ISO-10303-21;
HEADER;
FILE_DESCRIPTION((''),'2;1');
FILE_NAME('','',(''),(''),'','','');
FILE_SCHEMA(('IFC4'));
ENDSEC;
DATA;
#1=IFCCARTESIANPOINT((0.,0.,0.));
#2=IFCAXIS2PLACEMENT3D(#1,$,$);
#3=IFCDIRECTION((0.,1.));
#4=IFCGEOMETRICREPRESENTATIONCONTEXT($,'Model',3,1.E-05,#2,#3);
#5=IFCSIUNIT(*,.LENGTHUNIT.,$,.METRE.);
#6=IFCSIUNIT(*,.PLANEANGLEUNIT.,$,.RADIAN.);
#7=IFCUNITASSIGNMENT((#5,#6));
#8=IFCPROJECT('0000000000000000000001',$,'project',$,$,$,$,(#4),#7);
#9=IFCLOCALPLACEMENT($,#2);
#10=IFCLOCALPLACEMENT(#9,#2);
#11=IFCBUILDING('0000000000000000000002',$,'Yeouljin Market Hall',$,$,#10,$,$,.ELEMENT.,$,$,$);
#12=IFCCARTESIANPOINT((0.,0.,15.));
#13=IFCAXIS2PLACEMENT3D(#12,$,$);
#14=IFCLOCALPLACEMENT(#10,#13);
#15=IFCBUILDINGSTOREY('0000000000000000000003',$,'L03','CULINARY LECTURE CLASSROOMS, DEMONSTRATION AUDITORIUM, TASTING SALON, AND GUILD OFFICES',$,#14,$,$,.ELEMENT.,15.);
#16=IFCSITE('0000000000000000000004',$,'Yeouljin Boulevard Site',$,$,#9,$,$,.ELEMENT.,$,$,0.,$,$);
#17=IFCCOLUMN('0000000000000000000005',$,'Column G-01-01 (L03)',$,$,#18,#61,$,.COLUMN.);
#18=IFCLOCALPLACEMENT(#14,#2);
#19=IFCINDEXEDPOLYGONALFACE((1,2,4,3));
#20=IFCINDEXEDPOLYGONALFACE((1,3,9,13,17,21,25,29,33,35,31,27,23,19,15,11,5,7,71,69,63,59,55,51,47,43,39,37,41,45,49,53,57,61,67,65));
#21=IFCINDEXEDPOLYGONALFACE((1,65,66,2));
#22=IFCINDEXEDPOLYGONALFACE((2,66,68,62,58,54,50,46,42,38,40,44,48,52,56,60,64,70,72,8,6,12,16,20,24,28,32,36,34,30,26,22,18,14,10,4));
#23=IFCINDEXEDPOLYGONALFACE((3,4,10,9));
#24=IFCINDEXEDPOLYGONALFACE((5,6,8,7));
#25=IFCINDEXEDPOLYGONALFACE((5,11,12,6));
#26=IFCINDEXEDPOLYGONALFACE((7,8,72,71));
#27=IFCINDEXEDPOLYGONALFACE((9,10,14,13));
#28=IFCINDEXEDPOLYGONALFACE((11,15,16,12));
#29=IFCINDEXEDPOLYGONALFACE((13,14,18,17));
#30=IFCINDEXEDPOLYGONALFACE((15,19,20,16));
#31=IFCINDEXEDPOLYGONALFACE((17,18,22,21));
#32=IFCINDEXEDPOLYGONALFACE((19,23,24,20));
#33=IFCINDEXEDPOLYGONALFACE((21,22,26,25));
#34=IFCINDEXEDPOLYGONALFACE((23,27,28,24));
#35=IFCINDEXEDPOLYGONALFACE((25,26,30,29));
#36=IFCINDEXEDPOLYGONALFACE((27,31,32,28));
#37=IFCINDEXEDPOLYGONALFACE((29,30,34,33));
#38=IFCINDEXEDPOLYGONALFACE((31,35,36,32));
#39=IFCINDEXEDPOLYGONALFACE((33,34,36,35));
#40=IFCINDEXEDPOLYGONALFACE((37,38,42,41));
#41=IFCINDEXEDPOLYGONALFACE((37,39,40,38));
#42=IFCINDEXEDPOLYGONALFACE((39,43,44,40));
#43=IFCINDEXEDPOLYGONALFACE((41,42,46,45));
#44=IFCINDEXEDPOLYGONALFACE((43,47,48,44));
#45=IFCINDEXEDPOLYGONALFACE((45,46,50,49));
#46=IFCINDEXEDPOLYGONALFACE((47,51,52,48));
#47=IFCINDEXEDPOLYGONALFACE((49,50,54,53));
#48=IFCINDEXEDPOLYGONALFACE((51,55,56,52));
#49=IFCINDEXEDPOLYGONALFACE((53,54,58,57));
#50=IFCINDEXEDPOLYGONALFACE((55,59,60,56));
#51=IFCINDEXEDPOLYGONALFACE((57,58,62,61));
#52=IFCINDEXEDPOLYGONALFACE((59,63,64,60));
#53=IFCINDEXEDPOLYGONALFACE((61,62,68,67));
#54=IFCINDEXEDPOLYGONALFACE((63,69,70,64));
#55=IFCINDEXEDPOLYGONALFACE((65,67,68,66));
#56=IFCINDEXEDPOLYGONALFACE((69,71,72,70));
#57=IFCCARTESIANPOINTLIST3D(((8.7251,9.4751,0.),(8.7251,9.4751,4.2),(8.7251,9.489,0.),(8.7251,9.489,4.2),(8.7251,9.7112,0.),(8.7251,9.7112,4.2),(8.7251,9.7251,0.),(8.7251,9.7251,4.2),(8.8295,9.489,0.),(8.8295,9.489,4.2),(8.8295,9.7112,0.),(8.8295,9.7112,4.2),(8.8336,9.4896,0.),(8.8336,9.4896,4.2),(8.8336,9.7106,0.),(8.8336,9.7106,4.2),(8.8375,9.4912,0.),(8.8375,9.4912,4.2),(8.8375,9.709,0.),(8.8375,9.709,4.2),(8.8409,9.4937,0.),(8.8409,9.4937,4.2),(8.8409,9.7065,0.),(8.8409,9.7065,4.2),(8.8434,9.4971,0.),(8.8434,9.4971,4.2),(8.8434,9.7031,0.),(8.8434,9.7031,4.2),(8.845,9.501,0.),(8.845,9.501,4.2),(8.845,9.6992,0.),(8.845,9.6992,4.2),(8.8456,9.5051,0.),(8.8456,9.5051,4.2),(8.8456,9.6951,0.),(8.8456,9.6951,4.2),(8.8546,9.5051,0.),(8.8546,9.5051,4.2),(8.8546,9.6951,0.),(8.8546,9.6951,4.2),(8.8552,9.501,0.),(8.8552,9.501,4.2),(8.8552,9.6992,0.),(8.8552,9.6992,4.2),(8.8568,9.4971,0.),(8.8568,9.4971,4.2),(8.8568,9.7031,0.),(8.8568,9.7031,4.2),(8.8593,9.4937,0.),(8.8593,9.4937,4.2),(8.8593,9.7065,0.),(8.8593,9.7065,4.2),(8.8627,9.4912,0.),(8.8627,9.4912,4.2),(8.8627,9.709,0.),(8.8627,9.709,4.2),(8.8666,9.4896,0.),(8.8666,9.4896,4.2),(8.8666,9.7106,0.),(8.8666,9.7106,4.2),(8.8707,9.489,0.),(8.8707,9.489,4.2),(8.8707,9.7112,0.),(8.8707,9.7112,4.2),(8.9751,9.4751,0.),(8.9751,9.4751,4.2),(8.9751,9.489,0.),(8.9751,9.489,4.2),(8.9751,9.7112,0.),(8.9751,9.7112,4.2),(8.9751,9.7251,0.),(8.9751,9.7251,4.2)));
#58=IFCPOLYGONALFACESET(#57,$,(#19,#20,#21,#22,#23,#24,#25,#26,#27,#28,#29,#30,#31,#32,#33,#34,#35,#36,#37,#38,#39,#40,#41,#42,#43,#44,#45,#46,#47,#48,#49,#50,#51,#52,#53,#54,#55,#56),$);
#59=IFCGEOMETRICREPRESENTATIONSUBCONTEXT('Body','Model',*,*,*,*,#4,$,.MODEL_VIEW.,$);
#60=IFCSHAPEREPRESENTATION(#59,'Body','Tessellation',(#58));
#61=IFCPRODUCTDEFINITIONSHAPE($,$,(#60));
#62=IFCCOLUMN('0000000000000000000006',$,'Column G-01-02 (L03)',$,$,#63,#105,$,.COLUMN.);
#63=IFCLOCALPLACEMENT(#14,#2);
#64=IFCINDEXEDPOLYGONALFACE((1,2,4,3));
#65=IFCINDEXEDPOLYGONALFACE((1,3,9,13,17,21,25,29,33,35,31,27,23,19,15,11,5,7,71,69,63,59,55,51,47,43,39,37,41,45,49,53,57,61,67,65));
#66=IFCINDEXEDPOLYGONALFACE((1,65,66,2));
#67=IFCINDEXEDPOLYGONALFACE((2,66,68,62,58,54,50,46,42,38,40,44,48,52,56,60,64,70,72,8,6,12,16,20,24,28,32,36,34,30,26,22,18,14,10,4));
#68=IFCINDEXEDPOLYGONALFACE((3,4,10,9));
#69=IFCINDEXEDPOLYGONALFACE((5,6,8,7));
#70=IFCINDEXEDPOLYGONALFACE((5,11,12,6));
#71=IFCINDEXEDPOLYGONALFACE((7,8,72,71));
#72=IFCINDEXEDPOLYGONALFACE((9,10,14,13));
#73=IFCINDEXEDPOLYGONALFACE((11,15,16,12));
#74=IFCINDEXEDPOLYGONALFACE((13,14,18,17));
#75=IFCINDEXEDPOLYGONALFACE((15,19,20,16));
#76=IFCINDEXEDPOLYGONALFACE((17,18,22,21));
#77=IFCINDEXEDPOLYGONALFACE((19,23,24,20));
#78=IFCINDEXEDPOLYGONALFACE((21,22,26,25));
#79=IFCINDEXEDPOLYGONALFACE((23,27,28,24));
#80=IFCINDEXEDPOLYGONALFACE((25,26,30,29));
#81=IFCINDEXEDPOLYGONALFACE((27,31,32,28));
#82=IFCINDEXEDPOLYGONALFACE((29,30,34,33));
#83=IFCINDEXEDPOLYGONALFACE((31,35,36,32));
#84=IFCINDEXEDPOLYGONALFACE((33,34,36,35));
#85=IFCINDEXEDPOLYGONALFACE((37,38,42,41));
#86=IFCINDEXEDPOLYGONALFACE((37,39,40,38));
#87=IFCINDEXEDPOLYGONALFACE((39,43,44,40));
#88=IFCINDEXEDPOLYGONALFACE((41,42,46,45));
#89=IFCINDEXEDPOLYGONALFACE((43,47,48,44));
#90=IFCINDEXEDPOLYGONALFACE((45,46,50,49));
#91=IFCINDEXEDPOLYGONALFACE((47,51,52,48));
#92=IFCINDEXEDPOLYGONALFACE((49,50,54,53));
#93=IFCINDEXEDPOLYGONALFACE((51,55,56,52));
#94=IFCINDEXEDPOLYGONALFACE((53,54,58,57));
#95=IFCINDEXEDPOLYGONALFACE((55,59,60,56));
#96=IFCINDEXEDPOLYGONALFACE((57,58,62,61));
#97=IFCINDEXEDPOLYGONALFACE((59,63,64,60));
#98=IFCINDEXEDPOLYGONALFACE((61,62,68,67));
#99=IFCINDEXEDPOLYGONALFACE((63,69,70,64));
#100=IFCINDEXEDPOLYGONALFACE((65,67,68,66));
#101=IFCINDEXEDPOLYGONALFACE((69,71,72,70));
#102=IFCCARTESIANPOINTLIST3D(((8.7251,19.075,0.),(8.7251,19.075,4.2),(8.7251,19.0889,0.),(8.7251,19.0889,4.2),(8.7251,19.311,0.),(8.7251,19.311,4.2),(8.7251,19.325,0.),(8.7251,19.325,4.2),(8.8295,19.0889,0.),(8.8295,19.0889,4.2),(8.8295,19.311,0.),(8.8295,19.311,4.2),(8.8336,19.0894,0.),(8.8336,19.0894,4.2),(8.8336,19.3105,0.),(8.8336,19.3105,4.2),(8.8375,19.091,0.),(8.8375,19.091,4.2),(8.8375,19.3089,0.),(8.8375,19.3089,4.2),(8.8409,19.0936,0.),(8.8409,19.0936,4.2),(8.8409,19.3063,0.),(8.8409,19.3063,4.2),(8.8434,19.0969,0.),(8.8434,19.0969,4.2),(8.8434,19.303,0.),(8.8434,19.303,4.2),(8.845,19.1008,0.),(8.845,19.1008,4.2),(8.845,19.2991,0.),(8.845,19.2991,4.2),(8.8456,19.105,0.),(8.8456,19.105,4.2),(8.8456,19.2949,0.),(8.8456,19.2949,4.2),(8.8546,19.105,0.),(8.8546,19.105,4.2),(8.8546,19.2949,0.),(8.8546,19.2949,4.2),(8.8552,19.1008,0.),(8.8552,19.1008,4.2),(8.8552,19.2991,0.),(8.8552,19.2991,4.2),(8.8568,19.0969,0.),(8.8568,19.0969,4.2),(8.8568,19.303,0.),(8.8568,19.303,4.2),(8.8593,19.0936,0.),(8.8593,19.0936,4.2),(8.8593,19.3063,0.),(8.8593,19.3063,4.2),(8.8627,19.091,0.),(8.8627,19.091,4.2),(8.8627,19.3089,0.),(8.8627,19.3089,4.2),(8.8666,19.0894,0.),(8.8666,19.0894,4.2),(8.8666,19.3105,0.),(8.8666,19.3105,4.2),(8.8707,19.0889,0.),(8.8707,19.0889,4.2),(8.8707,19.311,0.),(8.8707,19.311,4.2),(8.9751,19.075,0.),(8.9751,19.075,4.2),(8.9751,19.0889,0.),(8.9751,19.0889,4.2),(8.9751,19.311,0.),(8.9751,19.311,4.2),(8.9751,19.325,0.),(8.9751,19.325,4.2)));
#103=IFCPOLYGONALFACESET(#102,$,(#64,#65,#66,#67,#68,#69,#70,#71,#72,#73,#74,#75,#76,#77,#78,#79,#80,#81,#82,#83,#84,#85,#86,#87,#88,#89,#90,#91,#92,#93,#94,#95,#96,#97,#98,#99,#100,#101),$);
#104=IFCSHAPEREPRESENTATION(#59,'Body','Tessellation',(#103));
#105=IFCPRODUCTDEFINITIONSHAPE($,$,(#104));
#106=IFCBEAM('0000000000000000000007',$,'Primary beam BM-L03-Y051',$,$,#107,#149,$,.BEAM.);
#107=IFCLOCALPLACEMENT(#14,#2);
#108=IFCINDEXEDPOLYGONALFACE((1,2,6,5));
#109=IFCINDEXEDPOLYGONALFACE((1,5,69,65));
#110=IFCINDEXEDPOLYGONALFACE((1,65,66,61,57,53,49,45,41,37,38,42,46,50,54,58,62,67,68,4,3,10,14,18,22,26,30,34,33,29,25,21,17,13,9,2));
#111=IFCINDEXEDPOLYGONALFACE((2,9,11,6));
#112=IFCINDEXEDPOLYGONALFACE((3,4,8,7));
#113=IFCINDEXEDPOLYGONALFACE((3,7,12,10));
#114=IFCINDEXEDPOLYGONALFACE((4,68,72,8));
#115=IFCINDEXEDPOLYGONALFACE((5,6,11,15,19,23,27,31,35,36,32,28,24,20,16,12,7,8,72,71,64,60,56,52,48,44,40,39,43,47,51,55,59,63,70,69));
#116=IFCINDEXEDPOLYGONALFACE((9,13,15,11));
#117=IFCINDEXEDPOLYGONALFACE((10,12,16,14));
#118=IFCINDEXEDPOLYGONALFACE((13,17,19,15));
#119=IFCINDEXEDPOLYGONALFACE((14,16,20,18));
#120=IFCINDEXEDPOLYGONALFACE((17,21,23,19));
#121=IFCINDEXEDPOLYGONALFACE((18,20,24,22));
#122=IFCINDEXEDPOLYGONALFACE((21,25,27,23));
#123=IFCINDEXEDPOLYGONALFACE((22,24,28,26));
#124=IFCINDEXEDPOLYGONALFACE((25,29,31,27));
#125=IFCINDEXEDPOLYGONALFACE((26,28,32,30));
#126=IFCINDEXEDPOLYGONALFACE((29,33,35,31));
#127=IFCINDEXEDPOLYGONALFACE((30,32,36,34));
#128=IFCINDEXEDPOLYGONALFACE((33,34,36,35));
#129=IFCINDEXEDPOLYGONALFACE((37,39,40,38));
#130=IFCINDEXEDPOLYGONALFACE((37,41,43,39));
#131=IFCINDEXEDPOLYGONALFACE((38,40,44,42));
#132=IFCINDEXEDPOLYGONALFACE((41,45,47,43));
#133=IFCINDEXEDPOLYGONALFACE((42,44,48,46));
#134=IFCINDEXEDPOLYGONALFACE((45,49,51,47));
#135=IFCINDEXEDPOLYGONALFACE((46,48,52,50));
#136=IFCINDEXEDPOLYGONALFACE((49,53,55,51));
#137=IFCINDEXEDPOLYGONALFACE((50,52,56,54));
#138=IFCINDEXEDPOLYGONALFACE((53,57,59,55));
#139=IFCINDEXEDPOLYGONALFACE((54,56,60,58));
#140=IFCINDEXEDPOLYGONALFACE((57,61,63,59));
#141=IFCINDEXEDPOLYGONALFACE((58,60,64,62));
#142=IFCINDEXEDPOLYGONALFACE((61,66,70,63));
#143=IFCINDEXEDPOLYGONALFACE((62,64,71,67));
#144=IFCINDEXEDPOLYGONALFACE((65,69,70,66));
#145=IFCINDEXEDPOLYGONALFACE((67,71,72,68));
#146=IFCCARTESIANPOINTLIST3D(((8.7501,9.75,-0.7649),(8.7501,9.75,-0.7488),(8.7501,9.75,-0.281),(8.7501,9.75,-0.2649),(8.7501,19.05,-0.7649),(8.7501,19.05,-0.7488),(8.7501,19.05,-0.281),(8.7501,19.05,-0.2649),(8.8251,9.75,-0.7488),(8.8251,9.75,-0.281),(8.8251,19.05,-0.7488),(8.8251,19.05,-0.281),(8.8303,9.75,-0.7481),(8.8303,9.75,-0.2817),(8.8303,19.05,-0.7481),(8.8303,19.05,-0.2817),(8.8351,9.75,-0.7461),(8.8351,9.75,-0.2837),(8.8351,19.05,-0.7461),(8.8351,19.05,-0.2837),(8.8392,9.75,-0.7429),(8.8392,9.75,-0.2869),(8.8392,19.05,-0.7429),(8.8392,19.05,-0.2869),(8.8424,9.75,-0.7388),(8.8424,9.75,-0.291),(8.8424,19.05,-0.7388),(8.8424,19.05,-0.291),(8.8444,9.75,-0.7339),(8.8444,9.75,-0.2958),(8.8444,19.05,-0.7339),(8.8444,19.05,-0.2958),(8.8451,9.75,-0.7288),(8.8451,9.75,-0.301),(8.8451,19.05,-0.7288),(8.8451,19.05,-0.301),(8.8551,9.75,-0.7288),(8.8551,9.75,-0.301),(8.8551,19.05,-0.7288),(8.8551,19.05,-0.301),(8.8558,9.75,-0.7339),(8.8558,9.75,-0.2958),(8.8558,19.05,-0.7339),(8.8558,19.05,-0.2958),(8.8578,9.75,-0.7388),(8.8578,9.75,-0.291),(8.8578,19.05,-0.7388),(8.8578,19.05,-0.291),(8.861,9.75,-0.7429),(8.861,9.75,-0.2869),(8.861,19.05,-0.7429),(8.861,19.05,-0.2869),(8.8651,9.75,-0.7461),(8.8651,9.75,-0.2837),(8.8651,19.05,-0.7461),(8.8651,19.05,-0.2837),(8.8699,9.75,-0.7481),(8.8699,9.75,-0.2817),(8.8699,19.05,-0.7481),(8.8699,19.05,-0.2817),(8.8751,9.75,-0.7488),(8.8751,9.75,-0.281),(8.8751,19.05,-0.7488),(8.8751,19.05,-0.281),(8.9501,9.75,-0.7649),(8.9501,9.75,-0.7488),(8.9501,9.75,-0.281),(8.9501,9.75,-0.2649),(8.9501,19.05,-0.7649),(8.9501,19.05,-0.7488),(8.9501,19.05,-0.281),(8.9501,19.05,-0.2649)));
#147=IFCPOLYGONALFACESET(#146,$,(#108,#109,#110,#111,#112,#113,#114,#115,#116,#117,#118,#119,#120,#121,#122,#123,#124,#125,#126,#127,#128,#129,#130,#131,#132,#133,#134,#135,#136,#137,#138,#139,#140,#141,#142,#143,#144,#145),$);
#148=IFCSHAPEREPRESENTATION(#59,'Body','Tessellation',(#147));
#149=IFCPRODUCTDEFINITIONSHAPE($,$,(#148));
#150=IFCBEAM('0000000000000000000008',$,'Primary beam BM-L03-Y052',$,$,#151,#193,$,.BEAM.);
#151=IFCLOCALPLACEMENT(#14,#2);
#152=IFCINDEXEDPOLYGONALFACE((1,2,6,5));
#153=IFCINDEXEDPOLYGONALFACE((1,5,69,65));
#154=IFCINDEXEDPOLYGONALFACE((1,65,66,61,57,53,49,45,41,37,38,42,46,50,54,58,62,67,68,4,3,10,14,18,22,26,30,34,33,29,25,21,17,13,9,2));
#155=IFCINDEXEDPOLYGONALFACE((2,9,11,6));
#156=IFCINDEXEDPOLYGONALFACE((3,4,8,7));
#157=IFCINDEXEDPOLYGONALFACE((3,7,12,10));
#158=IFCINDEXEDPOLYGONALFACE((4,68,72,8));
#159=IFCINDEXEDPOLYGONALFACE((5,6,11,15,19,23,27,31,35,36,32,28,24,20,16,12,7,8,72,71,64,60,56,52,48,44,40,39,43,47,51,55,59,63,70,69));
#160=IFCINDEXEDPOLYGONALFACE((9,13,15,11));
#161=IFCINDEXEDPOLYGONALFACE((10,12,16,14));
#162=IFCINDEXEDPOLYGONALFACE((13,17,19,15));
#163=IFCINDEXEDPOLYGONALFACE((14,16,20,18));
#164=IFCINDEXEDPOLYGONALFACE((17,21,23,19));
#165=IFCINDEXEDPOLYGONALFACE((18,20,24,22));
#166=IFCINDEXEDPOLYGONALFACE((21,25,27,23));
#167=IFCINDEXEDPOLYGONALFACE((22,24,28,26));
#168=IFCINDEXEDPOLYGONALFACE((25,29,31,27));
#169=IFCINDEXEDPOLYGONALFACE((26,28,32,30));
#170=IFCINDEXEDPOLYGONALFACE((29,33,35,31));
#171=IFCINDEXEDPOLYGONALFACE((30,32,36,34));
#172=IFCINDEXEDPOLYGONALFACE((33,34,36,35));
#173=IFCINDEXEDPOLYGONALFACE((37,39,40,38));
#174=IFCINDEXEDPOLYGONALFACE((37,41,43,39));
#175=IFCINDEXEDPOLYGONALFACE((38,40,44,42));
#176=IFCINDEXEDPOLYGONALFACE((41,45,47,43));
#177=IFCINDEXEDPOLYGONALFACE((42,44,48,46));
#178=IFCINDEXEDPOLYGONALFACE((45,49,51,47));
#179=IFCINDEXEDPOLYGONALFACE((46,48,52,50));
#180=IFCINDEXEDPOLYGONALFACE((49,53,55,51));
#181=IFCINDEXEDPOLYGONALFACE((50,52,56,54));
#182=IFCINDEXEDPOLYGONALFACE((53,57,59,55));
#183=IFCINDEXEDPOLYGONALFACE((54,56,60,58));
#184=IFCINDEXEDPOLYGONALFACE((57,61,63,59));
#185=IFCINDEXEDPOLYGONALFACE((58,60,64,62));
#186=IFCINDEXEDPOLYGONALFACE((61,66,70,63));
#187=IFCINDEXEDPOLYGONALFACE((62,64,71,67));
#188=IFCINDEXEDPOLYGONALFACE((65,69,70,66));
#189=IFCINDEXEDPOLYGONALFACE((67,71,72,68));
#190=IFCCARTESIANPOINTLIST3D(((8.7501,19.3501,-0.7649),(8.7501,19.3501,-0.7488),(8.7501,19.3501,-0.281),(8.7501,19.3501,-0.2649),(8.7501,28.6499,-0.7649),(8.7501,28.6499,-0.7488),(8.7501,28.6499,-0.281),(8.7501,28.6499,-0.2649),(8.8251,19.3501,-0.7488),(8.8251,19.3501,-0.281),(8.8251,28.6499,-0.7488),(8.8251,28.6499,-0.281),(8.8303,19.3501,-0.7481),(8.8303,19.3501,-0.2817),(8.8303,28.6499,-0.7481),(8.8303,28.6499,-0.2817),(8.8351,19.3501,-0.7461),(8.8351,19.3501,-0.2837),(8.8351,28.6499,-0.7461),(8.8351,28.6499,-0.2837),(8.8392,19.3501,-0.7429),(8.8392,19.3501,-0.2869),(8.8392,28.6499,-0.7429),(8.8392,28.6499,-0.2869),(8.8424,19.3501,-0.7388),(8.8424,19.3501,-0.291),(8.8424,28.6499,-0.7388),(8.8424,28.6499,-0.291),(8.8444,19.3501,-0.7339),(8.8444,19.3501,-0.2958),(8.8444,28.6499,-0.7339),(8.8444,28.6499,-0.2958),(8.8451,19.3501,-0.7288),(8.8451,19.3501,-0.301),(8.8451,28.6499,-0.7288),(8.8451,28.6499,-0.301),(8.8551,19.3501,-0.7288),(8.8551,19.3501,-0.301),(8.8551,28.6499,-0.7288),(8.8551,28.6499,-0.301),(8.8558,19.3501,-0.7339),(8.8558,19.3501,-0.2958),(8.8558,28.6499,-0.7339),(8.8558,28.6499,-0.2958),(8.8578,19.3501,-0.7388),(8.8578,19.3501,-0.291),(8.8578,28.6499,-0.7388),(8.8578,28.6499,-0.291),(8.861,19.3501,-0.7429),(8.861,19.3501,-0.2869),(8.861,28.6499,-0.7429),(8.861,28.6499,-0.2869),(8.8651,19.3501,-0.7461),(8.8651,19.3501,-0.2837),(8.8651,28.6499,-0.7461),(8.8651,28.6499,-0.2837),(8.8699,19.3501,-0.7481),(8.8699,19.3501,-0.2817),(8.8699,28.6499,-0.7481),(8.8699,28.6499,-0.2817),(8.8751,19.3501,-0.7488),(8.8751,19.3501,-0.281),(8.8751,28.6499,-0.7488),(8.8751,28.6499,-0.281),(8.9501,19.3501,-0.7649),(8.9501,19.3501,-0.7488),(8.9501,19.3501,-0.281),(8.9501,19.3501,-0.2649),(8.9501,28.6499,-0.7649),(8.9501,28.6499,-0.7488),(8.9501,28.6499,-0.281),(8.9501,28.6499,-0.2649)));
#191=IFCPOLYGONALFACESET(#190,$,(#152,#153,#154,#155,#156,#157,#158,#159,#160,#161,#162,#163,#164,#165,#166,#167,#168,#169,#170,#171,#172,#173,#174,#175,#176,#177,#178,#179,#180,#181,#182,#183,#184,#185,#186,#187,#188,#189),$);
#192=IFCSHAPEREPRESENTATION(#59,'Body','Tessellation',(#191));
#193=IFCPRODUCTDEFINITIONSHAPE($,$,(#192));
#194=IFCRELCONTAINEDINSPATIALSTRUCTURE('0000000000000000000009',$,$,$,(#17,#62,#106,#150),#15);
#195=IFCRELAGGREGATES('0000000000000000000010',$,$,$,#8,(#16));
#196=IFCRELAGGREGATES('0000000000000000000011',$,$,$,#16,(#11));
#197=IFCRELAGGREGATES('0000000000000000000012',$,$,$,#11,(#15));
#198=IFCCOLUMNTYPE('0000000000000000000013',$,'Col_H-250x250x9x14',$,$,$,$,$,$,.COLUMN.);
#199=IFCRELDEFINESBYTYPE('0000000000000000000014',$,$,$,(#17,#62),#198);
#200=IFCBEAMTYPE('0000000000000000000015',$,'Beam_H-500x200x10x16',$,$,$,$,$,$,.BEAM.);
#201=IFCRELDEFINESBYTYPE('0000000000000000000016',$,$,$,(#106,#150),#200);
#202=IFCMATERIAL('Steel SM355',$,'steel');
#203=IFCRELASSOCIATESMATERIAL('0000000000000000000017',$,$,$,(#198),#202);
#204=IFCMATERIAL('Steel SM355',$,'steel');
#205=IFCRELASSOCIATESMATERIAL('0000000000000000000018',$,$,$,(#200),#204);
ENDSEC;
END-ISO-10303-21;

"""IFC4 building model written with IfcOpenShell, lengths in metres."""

from ifc_helpers import new_model, si_unit, direction, frame, origin, origin_2d, place, context, subcontext, project, spatial, i_section, extrude, material, material_profile, profile_set, type_object, element, save


model = new_model("IFC4")

# Units and contexts
model_context = context("Model", 3, precision=1e-05, world=origin(), true_north=direction((0.0, 1.0)))
body_context = subcontext(model_context, "Body", "Model", "MODEL_VIEW")
ifc_project = project(units=[si_unit("LENGTHUNIT", "METRE"), si_unit("PLANEANGLEUNIT", "RADIAN")], contexts=[model_context])

# Site, building, storey
site_placement = place(None, origin())
site = spatial("IfcSite", under=ifc_project, at=site_placement, Name="Yeouljin Boulevard Site", CompositionType="ELEMENT", RefElevation=0.0)
building_placement = place(site_placement, origin())
building = spatial("IfcBuilding", under=site, at=building_placement, Name="Yeouljin Market Hall", CompositionType="ELEMENT")
storey_placement = place(building_placement, frame((0.0, 0.0, 15.0)))
storey = spatial("IfcBuildingStorey", under=building, at=storey_placement, Name="L03", Description="CULINARY LECTURE CLASSROOMS, DEMONSTRATION AUDITORIUM, TASTING SALON, AND GUILD OFFICES", CompositionType="ELEMENT", Elevation=15.0)

# Columns
ifc_material_1 = material(Name="Steel SM355", Category="steel")
ifc_material_profile_1 = material_profile(ifc_material_1, i_section(OverallWidth=0.25, OverallDepth=0.25, WebThickness=0.009, FlangeThickness=0.0139, FilletRadius=0.0161, at=origin_2d()), Name="H-250x250x9x14")
ifc_profile_set_1 = profile_set([ifc_material_profile_1], Name="Steel SM355")
column_type = type_object("IfcColumnType", Name="Col_H-250x250x9x14", PredefinedType="COLUMN", material=ifc_profile_set_1)
for number, where, z_axis, x_axis, name in (
    (1, (8.8501, 9.6001, 0.0), (0.0, 0.0, 1.0), (1.0, 0.0, 0.0), "Column G-01-01 (L03)"),
    (2, (8.8501, 19.2, 0.0), (0.0, 0.0, 1.0), (1.0, 0.0, 0.0), "Column G-01-02 (L03)"),
):
    element("IfcColumn", number, at=place(storey_placement, frame(where, z_axis=z_axis, x_axis=x_axis)), inside=storey, type_object=column_type, Name=name, PredefinedType="COLUMN", context=body_context, shape_type="SweptSolid", body=[
        extrude(i_section(OverallWidth=0.25, OverallDepth=0.25, WebThickness=0.009, FlangeThickness=0.0139, FilletRadius=0.0161, at=origin_2d()), origin(), (0.0, 0.0, 1.0), 4.2),
    ])

# Beams
ifc_material_2 = material(Name="Steel SM355", Category="steel")
ifc_material_profile_2 = material_profile(ifc_material_2, i_section(OverallWidth=0.2, OverallDepth=0.5, WebThickness=0.01, FlangeThickness=0.0161, FilletRadius=0.02, at=origin_2d()), Name="H-500x200x10x16")
ifc_profile_set_2 = profile_set([ifc_material_profile_2], Name="Steel SM355")
beam_type_1 = type_object("IfcBeamType", Name="Beam_H-500x200x10x16", PredefinedType="BEAM", material=ifc_profile_set_2)
beam_1_placement = place(storey_placement, frame((8.8501, 9.75, -0.5149), z_axis=(0.0, 1.0, 0.0), x_axis=(-1.0, 0.0, 0.0)))
element("IfcBeam", 3, at=beam_1_placement, inside=storey, type_object=beam_type_1, Name="Primary beam BM-L03-Y051", PredefinedType="BEAM", context=body_context, shape_type="SweptSolid", body=[
    extrude(i_section(OverallWidth=0.2, OverallDepth=0.5, WebThickness=0.01, FlangeThickness=0.0161, FilletRadius=0.02, at=origin_2d()), origin(), (0.0, 0.0, 1.0), 9.3),
])
beam_2_placement = place(storey_placement, frame((8.8501, 19.3501, -0.5149), z_axis=(0.0, 1.0, 0.0), x_axis=(-1.0, 0.0, 0.0)))
element("IfcBeam", 4, at=beam_2_placement, inside=storey, type_object=beam_type_1, Name="Primary beam BM-L03-Y052", PredefinedType="BEAM", context=body_context, shape_type="SweptSolid", body=[
    extrude(i_section(OverallWidth=0.2, OverallDepth=0.5, WebThickness=0.01, FlangeThickness=0.0161, FilletRadius=0.02, at=origin_2d()), origin(), (0.0, 0.0, 1.0), 9.2998),
])

save(model, "model.ifc")
